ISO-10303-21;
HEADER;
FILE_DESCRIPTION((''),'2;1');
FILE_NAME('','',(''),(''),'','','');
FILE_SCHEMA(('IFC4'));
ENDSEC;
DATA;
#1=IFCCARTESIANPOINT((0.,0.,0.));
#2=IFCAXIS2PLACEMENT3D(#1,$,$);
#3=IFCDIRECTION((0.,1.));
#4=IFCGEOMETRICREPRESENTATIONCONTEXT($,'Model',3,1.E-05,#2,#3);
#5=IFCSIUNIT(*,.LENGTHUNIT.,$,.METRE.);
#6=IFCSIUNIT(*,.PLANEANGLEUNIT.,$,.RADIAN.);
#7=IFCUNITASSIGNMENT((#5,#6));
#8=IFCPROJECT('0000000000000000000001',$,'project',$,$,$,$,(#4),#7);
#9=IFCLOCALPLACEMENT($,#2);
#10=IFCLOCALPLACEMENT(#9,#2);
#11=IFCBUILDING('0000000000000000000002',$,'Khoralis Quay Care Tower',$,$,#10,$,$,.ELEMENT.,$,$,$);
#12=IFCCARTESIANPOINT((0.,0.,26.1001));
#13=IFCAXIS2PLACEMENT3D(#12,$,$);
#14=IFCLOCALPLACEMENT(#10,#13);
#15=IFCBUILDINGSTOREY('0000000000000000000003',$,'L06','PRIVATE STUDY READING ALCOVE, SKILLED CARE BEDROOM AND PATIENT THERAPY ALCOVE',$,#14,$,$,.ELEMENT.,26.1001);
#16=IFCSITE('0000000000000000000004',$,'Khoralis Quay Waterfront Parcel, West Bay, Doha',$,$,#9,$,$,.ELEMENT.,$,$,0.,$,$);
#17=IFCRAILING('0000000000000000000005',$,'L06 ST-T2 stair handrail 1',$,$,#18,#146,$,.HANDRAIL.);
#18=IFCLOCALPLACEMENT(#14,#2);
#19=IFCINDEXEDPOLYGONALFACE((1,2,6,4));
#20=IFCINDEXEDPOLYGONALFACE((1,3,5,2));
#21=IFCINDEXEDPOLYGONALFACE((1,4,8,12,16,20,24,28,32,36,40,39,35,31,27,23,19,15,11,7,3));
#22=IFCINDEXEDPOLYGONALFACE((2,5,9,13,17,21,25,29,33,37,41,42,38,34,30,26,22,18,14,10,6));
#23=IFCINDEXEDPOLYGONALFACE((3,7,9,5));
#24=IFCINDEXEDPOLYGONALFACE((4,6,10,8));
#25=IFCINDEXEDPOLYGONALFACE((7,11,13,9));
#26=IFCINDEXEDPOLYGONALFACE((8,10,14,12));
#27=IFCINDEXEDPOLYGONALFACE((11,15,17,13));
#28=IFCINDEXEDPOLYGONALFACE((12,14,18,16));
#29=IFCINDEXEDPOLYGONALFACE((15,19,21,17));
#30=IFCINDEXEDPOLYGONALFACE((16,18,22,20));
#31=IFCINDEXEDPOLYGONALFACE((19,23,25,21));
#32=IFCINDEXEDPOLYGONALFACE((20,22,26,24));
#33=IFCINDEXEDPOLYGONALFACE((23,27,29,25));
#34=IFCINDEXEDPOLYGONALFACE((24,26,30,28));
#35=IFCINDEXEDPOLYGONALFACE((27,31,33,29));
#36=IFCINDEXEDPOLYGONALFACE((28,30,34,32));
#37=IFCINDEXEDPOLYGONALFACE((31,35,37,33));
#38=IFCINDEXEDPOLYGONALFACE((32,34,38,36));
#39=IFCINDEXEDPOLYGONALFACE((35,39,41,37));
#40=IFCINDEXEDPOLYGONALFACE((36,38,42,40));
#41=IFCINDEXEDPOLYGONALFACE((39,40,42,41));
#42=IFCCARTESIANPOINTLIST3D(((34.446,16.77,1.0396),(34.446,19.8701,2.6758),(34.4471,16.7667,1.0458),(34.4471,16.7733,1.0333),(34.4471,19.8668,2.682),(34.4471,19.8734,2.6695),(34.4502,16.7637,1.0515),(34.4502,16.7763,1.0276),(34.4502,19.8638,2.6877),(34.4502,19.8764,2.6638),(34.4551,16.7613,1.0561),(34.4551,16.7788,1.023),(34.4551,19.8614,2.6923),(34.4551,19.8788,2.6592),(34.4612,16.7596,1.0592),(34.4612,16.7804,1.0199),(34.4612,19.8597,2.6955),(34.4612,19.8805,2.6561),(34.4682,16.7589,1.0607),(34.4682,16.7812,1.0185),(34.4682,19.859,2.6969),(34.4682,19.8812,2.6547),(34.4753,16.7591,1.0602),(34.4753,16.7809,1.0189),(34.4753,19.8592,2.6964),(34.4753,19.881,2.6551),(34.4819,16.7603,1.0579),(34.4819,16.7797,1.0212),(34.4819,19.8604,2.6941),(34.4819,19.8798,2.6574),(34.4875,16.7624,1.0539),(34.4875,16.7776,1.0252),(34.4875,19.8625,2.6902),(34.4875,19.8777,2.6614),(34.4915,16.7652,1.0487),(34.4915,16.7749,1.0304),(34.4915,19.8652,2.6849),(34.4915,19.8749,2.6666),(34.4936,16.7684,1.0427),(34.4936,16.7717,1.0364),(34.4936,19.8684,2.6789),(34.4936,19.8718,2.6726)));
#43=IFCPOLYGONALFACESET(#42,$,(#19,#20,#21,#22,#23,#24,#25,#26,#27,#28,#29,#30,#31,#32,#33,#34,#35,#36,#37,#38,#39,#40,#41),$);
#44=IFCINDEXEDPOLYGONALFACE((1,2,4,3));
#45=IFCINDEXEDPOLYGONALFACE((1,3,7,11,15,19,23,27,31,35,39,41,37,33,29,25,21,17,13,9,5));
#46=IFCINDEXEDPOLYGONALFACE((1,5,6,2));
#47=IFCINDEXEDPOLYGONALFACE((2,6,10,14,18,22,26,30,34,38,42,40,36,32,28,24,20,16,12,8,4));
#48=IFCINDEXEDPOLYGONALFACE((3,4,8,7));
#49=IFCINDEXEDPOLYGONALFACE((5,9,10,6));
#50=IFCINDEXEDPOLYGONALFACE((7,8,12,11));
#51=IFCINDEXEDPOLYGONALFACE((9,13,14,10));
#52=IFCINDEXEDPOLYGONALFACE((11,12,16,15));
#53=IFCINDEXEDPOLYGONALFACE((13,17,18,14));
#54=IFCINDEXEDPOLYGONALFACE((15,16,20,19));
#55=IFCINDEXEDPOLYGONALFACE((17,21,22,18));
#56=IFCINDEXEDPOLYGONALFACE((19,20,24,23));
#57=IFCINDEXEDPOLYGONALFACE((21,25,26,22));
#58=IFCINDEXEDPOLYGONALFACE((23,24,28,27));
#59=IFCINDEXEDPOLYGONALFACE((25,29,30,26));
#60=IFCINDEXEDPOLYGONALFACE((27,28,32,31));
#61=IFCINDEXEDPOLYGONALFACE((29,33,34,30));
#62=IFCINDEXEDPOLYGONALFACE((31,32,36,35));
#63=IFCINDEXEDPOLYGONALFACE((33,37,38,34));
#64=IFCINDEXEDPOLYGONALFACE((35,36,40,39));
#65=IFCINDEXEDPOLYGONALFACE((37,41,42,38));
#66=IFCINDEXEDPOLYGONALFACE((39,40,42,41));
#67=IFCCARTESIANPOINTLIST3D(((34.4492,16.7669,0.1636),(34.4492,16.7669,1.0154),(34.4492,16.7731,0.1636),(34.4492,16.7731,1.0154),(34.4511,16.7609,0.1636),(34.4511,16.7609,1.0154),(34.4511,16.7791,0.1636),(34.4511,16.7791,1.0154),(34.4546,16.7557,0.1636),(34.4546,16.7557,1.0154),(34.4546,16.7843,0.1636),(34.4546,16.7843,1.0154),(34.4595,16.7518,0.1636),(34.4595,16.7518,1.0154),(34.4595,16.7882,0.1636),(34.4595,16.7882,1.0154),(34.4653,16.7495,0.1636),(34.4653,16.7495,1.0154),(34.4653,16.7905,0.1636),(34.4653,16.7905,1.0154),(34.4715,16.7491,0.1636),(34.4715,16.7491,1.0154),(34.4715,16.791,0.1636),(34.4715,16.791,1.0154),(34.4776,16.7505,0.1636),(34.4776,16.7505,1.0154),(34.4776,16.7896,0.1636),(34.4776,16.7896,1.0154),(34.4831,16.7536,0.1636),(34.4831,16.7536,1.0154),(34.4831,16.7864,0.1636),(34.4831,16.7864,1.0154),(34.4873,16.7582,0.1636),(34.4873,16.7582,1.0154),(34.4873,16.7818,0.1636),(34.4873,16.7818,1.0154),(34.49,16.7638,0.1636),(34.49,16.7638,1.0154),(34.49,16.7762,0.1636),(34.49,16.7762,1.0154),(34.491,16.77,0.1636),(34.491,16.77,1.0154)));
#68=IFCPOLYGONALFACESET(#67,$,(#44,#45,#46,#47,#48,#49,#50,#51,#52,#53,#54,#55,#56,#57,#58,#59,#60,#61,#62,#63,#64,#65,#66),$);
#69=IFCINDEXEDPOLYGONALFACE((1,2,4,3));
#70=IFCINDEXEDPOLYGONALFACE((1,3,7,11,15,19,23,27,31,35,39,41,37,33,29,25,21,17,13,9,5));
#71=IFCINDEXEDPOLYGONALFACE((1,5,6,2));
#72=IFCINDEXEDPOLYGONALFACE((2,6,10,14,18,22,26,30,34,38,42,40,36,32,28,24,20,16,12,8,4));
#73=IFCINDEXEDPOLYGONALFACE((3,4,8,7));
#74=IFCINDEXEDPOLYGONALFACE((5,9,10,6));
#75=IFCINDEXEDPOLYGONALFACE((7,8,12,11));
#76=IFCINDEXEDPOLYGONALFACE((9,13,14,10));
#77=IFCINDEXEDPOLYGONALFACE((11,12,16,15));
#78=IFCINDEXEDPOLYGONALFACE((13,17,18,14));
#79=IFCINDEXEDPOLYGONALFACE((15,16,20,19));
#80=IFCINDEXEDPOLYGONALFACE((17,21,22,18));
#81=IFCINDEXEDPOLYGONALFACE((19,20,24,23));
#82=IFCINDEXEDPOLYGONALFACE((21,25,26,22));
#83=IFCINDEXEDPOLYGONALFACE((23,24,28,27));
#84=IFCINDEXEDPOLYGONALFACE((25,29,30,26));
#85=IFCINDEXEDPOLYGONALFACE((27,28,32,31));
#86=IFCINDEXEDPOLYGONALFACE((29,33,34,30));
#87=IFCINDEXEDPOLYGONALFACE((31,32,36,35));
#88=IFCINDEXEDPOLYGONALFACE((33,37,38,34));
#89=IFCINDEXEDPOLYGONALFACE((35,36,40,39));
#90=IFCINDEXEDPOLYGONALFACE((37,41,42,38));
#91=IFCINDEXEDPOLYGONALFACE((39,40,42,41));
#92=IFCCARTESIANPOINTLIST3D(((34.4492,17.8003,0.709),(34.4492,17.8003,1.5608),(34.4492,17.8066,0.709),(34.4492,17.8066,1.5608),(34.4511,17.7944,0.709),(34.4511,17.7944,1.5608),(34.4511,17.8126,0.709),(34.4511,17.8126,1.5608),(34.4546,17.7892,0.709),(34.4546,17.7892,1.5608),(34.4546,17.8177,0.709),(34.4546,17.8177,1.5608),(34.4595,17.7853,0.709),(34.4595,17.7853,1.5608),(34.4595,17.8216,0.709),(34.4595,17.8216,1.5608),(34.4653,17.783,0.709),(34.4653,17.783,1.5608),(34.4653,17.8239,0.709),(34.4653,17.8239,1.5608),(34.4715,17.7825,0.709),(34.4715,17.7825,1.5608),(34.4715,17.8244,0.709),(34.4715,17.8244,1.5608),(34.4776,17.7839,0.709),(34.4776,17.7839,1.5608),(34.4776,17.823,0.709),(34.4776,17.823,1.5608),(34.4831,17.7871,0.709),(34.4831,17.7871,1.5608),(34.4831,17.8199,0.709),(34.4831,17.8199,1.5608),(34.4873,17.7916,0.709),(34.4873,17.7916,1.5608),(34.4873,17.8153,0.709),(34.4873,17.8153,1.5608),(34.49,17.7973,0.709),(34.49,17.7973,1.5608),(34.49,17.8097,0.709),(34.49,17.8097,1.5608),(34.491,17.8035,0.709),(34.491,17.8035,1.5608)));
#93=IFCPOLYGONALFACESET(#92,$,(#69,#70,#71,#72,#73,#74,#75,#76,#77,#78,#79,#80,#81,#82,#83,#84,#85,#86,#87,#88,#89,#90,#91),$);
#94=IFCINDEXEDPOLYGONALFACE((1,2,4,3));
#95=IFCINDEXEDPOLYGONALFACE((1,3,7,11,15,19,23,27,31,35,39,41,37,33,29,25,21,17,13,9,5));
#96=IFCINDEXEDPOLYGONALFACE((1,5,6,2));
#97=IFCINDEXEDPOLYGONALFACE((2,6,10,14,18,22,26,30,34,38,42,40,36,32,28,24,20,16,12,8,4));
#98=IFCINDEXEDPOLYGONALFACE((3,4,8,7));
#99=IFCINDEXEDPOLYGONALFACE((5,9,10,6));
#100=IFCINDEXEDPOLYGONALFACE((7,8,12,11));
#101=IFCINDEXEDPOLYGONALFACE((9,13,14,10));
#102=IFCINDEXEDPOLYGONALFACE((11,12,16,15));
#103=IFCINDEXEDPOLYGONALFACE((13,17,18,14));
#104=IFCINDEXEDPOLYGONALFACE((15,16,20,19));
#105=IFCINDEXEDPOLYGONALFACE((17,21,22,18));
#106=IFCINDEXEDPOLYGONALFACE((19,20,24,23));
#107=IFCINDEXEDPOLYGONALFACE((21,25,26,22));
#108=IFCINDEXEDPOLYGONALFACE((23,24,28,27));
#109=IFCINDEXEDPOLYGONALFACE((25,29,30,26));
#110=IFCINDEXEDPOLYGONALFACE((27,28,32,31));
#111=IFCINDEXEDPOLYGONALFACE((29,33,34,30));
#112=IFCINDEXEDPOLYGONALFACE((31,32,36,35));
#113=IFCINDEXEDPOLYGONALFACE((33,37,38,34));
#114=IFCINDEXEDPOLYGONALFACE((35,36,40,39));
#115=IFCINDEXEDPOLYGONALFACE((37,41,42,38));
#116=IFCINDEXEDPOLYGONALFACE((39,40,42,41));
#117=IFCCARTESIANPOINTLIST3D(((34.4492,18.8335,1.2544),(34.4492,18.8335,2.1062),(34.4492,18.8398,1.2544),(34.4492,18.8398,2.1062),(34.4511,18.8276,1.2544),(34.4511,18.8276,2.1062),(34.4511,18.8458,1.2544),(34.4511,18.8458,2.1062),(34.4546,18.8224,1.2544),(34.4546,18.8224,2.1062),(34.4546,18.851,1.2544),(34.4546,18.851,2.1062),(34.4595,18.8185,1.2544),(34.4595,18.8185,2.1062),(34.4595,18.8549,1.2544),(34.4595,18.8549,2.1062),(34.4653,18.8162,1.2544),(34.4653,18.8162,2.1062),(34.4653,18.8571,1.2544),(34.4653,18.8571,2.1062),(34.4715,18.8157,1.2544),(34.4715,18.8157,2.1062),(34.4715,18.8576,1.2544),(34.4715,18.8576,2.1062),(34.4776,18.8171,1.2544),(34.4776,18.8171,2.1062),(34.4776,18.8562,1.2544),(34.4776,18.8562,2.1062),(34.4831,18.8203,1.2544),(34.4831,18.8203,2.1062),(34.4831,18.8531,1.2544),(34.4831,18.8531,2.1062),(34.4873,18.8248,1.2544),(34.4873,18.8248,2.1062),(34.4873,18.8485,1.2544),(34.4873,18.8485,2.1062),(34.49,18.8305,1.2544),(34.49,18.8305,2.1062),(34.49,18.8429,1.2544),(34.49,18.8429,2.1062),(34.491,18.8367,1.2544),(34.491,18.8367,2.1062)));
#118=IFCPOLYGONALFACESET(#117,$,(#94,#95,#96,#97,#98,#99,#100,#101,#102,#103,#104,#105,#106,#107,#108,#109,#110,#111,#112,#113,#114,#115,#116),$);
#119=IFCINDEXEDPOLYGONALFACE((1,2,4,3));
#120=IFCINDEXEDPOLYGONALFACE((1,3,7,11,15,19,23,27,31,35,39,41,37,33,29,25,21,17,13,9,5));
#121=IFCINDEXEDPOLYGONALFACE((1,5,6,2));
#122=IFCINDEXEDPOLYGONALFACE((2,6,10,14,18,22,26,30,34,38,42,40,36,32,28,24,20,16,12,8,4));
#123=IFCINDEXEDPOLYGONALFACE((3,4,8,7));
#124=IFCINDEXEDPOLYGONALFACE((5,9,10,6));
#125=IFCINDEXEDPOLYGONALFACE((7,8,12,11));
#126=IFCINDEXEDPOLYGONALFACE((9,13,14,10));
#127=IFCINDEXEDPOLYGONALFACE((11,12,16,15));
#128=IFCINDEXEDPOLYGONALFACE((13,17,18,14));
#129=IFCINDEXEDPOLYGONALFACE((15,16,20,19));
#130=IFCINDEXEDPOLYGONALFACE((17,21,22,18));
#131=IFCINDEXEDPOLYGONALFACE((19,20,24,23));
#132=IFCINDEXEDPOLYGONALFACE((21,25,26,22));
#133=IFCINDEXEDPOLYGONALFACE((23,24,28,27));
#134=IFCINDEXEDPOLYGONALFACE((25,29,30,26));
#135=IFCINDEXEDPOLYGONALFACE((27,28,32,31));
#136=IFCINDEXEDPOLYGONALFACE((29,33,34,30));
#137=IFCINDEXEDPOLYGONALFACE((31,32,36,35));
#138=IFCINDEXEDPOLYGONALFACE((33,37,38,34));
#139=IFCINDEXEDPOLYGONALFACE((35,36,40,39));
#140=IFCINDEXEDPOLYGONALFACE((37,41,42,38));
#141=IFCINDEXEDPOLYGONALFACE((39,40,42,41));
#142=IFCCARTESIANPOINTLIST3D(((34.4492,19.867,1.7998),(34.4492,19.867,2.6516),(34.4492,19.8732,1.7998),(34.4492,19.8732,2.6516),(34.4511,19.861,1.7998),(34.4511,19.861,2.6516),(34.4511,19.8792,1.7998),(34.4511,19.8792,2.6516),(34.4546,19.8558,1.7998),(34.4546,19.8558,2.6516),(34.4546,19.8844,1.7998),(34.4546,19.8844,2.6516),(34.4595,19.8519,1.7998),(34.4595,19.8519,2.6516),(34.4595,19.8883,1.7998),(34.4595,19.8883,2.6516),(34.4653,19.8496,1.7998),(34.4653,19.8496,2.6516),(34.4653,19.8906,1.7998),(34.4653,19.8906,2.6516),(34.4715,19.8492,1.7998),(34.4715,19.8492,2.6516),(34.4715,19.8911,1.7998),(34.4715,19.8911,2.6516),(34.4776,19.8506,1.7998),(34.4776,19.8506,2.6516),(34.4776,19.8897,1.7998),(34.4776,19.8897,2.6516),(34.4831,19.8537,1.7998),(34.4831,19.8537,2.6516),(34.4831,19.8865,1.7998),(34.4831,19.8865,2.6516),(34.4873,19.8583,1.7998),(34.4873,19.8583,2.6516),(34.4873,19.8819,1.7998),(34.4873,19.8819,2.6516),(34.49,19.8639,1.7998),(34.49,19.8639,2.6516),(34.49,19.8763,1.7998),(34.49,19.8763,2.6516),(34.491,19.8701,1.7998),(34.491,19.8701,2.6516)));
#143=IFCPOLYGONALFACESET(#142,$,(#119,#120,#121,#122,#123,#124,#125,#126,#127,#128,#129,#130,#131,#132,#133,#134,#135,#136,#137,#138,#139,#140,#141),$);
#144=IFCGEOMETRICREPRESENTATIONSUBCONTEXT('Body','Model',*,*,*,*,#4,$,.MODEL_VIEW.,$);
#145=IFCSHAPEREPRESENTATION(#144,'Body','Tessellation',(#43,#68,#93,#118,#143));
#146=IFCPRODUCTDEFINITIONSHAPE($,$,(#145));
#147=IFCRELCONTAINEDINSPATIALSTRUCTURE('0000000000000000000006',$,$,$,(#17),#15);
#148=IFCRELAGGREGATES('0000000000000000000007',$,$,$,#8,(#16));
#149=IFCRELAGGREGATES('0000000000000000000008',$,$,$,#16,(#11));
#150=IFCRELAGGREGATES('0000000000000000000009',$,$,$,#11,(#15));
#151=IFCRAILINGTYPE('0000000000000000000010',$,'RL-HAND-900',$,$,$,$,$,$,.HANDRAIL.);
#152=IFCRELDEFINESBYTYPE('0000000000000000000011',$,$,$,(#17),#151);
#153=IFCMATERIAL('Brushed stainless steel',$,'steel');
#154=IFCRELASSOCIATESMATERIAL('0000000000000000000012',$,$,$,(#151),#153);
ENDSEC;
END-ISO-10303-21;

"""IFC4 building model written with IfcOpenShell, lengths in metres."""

from ifc_helpers import new_model, si_unit, direction, frame, origin, origin_2d, place, context, subcontext, project, spatial, circle, extrude, material, type_object, element, save


model = new_model("IFC4")

# Units and contexts
model_context = context("Model", 3, precision=1e-05, world=origin(), true_north=direction((0.0, 1.0)))
body_context = subcontext(model_context, "Body", "Model", "MODEL_VIEW")
ifc_project = project(units=[si_unit("LENGTHUNIT", "METRE"), si_unit("PLANEANGLEUNIT", "RADIAN")], contexts=[model_context])

# Site, building, storey
site_placement = place(None, origin())
site = spatial("IfcSite", under=ifc_project, at=site_placement, Name="Khoralis Quay Waterfront Parcel, West Bay, Doha", CompositionType="ELEMENT", RefElevation=0.0)
building_placement = place(site_placement, origin())
building = spatial("IfcBuilding", under=site, at=building_placement, Name="Khoralis Quay Care Tower", CompositionType="ELEMENT")
storey_placement = place(building_placement, frame((0.0, 0.0, 26.1001)))
storey = spatial("IfcBuildingStorey", under=building, at=storey_placement, Name="L06", Description="PRIVATE STUDY READING ALCOVE, SKILLED CARE BEDROOM AND PATIENT THERAPY ALCOVE", CompositionType="ELEMENT", Elevation=26.1001)

# Railing
ifc_material_1 = material(Name="Brushed stainless steel", Category="steel")
railing_type = type_object("IfcRailingType", Name="RL-HAND-900", PredefinedType="HANDRAIL", material=ifc_material_1)
railing_placement = place(storey_placement, frame((34.47, 16.77, 0.1636)))
element("IfcRailing", 1, at=railing_placement, inside=storey, type_object=railing_type, Name="L06 ST-T2 stair handrail 1", PredefinedType="HANDRAIL", context=body_context, shape_type="SweptSolid", body=[
    extrude(circle(Radius=0.0239, at=origin_2d()), frame((0.0, 0.0, 0.876), z_axis=(0.0, 0.884377, 0.466774), x_axis=(-1.0, 0.0, 0.0)), (0.0, 0.0, 1.0), 3.5054),
    extrude(circle(Radius=0.021, at=origin_2d()), origin(), (0.0, 0.0, 1.0), 0.8518),
    extrude(circle(Radius=0.021, at=origin_2d()), frame((0.0, 1.0334, 0.5454)), (0.0, 0.0, 1.0), 0.8518),
    extrude(circle(Radius=0.021, at=origin_2d()), frame((0.0, 2.0667, 1.0908)), (0.0, 0.0, 1.0), 0.8518),
    extrude(circle(Radius=0.021, at=origin_2d()), frame((0.0, 3.1001, 1.6362)), (0.0, 0.0, 1.0), 0.8518),
])

save(model, "model.ifc")
